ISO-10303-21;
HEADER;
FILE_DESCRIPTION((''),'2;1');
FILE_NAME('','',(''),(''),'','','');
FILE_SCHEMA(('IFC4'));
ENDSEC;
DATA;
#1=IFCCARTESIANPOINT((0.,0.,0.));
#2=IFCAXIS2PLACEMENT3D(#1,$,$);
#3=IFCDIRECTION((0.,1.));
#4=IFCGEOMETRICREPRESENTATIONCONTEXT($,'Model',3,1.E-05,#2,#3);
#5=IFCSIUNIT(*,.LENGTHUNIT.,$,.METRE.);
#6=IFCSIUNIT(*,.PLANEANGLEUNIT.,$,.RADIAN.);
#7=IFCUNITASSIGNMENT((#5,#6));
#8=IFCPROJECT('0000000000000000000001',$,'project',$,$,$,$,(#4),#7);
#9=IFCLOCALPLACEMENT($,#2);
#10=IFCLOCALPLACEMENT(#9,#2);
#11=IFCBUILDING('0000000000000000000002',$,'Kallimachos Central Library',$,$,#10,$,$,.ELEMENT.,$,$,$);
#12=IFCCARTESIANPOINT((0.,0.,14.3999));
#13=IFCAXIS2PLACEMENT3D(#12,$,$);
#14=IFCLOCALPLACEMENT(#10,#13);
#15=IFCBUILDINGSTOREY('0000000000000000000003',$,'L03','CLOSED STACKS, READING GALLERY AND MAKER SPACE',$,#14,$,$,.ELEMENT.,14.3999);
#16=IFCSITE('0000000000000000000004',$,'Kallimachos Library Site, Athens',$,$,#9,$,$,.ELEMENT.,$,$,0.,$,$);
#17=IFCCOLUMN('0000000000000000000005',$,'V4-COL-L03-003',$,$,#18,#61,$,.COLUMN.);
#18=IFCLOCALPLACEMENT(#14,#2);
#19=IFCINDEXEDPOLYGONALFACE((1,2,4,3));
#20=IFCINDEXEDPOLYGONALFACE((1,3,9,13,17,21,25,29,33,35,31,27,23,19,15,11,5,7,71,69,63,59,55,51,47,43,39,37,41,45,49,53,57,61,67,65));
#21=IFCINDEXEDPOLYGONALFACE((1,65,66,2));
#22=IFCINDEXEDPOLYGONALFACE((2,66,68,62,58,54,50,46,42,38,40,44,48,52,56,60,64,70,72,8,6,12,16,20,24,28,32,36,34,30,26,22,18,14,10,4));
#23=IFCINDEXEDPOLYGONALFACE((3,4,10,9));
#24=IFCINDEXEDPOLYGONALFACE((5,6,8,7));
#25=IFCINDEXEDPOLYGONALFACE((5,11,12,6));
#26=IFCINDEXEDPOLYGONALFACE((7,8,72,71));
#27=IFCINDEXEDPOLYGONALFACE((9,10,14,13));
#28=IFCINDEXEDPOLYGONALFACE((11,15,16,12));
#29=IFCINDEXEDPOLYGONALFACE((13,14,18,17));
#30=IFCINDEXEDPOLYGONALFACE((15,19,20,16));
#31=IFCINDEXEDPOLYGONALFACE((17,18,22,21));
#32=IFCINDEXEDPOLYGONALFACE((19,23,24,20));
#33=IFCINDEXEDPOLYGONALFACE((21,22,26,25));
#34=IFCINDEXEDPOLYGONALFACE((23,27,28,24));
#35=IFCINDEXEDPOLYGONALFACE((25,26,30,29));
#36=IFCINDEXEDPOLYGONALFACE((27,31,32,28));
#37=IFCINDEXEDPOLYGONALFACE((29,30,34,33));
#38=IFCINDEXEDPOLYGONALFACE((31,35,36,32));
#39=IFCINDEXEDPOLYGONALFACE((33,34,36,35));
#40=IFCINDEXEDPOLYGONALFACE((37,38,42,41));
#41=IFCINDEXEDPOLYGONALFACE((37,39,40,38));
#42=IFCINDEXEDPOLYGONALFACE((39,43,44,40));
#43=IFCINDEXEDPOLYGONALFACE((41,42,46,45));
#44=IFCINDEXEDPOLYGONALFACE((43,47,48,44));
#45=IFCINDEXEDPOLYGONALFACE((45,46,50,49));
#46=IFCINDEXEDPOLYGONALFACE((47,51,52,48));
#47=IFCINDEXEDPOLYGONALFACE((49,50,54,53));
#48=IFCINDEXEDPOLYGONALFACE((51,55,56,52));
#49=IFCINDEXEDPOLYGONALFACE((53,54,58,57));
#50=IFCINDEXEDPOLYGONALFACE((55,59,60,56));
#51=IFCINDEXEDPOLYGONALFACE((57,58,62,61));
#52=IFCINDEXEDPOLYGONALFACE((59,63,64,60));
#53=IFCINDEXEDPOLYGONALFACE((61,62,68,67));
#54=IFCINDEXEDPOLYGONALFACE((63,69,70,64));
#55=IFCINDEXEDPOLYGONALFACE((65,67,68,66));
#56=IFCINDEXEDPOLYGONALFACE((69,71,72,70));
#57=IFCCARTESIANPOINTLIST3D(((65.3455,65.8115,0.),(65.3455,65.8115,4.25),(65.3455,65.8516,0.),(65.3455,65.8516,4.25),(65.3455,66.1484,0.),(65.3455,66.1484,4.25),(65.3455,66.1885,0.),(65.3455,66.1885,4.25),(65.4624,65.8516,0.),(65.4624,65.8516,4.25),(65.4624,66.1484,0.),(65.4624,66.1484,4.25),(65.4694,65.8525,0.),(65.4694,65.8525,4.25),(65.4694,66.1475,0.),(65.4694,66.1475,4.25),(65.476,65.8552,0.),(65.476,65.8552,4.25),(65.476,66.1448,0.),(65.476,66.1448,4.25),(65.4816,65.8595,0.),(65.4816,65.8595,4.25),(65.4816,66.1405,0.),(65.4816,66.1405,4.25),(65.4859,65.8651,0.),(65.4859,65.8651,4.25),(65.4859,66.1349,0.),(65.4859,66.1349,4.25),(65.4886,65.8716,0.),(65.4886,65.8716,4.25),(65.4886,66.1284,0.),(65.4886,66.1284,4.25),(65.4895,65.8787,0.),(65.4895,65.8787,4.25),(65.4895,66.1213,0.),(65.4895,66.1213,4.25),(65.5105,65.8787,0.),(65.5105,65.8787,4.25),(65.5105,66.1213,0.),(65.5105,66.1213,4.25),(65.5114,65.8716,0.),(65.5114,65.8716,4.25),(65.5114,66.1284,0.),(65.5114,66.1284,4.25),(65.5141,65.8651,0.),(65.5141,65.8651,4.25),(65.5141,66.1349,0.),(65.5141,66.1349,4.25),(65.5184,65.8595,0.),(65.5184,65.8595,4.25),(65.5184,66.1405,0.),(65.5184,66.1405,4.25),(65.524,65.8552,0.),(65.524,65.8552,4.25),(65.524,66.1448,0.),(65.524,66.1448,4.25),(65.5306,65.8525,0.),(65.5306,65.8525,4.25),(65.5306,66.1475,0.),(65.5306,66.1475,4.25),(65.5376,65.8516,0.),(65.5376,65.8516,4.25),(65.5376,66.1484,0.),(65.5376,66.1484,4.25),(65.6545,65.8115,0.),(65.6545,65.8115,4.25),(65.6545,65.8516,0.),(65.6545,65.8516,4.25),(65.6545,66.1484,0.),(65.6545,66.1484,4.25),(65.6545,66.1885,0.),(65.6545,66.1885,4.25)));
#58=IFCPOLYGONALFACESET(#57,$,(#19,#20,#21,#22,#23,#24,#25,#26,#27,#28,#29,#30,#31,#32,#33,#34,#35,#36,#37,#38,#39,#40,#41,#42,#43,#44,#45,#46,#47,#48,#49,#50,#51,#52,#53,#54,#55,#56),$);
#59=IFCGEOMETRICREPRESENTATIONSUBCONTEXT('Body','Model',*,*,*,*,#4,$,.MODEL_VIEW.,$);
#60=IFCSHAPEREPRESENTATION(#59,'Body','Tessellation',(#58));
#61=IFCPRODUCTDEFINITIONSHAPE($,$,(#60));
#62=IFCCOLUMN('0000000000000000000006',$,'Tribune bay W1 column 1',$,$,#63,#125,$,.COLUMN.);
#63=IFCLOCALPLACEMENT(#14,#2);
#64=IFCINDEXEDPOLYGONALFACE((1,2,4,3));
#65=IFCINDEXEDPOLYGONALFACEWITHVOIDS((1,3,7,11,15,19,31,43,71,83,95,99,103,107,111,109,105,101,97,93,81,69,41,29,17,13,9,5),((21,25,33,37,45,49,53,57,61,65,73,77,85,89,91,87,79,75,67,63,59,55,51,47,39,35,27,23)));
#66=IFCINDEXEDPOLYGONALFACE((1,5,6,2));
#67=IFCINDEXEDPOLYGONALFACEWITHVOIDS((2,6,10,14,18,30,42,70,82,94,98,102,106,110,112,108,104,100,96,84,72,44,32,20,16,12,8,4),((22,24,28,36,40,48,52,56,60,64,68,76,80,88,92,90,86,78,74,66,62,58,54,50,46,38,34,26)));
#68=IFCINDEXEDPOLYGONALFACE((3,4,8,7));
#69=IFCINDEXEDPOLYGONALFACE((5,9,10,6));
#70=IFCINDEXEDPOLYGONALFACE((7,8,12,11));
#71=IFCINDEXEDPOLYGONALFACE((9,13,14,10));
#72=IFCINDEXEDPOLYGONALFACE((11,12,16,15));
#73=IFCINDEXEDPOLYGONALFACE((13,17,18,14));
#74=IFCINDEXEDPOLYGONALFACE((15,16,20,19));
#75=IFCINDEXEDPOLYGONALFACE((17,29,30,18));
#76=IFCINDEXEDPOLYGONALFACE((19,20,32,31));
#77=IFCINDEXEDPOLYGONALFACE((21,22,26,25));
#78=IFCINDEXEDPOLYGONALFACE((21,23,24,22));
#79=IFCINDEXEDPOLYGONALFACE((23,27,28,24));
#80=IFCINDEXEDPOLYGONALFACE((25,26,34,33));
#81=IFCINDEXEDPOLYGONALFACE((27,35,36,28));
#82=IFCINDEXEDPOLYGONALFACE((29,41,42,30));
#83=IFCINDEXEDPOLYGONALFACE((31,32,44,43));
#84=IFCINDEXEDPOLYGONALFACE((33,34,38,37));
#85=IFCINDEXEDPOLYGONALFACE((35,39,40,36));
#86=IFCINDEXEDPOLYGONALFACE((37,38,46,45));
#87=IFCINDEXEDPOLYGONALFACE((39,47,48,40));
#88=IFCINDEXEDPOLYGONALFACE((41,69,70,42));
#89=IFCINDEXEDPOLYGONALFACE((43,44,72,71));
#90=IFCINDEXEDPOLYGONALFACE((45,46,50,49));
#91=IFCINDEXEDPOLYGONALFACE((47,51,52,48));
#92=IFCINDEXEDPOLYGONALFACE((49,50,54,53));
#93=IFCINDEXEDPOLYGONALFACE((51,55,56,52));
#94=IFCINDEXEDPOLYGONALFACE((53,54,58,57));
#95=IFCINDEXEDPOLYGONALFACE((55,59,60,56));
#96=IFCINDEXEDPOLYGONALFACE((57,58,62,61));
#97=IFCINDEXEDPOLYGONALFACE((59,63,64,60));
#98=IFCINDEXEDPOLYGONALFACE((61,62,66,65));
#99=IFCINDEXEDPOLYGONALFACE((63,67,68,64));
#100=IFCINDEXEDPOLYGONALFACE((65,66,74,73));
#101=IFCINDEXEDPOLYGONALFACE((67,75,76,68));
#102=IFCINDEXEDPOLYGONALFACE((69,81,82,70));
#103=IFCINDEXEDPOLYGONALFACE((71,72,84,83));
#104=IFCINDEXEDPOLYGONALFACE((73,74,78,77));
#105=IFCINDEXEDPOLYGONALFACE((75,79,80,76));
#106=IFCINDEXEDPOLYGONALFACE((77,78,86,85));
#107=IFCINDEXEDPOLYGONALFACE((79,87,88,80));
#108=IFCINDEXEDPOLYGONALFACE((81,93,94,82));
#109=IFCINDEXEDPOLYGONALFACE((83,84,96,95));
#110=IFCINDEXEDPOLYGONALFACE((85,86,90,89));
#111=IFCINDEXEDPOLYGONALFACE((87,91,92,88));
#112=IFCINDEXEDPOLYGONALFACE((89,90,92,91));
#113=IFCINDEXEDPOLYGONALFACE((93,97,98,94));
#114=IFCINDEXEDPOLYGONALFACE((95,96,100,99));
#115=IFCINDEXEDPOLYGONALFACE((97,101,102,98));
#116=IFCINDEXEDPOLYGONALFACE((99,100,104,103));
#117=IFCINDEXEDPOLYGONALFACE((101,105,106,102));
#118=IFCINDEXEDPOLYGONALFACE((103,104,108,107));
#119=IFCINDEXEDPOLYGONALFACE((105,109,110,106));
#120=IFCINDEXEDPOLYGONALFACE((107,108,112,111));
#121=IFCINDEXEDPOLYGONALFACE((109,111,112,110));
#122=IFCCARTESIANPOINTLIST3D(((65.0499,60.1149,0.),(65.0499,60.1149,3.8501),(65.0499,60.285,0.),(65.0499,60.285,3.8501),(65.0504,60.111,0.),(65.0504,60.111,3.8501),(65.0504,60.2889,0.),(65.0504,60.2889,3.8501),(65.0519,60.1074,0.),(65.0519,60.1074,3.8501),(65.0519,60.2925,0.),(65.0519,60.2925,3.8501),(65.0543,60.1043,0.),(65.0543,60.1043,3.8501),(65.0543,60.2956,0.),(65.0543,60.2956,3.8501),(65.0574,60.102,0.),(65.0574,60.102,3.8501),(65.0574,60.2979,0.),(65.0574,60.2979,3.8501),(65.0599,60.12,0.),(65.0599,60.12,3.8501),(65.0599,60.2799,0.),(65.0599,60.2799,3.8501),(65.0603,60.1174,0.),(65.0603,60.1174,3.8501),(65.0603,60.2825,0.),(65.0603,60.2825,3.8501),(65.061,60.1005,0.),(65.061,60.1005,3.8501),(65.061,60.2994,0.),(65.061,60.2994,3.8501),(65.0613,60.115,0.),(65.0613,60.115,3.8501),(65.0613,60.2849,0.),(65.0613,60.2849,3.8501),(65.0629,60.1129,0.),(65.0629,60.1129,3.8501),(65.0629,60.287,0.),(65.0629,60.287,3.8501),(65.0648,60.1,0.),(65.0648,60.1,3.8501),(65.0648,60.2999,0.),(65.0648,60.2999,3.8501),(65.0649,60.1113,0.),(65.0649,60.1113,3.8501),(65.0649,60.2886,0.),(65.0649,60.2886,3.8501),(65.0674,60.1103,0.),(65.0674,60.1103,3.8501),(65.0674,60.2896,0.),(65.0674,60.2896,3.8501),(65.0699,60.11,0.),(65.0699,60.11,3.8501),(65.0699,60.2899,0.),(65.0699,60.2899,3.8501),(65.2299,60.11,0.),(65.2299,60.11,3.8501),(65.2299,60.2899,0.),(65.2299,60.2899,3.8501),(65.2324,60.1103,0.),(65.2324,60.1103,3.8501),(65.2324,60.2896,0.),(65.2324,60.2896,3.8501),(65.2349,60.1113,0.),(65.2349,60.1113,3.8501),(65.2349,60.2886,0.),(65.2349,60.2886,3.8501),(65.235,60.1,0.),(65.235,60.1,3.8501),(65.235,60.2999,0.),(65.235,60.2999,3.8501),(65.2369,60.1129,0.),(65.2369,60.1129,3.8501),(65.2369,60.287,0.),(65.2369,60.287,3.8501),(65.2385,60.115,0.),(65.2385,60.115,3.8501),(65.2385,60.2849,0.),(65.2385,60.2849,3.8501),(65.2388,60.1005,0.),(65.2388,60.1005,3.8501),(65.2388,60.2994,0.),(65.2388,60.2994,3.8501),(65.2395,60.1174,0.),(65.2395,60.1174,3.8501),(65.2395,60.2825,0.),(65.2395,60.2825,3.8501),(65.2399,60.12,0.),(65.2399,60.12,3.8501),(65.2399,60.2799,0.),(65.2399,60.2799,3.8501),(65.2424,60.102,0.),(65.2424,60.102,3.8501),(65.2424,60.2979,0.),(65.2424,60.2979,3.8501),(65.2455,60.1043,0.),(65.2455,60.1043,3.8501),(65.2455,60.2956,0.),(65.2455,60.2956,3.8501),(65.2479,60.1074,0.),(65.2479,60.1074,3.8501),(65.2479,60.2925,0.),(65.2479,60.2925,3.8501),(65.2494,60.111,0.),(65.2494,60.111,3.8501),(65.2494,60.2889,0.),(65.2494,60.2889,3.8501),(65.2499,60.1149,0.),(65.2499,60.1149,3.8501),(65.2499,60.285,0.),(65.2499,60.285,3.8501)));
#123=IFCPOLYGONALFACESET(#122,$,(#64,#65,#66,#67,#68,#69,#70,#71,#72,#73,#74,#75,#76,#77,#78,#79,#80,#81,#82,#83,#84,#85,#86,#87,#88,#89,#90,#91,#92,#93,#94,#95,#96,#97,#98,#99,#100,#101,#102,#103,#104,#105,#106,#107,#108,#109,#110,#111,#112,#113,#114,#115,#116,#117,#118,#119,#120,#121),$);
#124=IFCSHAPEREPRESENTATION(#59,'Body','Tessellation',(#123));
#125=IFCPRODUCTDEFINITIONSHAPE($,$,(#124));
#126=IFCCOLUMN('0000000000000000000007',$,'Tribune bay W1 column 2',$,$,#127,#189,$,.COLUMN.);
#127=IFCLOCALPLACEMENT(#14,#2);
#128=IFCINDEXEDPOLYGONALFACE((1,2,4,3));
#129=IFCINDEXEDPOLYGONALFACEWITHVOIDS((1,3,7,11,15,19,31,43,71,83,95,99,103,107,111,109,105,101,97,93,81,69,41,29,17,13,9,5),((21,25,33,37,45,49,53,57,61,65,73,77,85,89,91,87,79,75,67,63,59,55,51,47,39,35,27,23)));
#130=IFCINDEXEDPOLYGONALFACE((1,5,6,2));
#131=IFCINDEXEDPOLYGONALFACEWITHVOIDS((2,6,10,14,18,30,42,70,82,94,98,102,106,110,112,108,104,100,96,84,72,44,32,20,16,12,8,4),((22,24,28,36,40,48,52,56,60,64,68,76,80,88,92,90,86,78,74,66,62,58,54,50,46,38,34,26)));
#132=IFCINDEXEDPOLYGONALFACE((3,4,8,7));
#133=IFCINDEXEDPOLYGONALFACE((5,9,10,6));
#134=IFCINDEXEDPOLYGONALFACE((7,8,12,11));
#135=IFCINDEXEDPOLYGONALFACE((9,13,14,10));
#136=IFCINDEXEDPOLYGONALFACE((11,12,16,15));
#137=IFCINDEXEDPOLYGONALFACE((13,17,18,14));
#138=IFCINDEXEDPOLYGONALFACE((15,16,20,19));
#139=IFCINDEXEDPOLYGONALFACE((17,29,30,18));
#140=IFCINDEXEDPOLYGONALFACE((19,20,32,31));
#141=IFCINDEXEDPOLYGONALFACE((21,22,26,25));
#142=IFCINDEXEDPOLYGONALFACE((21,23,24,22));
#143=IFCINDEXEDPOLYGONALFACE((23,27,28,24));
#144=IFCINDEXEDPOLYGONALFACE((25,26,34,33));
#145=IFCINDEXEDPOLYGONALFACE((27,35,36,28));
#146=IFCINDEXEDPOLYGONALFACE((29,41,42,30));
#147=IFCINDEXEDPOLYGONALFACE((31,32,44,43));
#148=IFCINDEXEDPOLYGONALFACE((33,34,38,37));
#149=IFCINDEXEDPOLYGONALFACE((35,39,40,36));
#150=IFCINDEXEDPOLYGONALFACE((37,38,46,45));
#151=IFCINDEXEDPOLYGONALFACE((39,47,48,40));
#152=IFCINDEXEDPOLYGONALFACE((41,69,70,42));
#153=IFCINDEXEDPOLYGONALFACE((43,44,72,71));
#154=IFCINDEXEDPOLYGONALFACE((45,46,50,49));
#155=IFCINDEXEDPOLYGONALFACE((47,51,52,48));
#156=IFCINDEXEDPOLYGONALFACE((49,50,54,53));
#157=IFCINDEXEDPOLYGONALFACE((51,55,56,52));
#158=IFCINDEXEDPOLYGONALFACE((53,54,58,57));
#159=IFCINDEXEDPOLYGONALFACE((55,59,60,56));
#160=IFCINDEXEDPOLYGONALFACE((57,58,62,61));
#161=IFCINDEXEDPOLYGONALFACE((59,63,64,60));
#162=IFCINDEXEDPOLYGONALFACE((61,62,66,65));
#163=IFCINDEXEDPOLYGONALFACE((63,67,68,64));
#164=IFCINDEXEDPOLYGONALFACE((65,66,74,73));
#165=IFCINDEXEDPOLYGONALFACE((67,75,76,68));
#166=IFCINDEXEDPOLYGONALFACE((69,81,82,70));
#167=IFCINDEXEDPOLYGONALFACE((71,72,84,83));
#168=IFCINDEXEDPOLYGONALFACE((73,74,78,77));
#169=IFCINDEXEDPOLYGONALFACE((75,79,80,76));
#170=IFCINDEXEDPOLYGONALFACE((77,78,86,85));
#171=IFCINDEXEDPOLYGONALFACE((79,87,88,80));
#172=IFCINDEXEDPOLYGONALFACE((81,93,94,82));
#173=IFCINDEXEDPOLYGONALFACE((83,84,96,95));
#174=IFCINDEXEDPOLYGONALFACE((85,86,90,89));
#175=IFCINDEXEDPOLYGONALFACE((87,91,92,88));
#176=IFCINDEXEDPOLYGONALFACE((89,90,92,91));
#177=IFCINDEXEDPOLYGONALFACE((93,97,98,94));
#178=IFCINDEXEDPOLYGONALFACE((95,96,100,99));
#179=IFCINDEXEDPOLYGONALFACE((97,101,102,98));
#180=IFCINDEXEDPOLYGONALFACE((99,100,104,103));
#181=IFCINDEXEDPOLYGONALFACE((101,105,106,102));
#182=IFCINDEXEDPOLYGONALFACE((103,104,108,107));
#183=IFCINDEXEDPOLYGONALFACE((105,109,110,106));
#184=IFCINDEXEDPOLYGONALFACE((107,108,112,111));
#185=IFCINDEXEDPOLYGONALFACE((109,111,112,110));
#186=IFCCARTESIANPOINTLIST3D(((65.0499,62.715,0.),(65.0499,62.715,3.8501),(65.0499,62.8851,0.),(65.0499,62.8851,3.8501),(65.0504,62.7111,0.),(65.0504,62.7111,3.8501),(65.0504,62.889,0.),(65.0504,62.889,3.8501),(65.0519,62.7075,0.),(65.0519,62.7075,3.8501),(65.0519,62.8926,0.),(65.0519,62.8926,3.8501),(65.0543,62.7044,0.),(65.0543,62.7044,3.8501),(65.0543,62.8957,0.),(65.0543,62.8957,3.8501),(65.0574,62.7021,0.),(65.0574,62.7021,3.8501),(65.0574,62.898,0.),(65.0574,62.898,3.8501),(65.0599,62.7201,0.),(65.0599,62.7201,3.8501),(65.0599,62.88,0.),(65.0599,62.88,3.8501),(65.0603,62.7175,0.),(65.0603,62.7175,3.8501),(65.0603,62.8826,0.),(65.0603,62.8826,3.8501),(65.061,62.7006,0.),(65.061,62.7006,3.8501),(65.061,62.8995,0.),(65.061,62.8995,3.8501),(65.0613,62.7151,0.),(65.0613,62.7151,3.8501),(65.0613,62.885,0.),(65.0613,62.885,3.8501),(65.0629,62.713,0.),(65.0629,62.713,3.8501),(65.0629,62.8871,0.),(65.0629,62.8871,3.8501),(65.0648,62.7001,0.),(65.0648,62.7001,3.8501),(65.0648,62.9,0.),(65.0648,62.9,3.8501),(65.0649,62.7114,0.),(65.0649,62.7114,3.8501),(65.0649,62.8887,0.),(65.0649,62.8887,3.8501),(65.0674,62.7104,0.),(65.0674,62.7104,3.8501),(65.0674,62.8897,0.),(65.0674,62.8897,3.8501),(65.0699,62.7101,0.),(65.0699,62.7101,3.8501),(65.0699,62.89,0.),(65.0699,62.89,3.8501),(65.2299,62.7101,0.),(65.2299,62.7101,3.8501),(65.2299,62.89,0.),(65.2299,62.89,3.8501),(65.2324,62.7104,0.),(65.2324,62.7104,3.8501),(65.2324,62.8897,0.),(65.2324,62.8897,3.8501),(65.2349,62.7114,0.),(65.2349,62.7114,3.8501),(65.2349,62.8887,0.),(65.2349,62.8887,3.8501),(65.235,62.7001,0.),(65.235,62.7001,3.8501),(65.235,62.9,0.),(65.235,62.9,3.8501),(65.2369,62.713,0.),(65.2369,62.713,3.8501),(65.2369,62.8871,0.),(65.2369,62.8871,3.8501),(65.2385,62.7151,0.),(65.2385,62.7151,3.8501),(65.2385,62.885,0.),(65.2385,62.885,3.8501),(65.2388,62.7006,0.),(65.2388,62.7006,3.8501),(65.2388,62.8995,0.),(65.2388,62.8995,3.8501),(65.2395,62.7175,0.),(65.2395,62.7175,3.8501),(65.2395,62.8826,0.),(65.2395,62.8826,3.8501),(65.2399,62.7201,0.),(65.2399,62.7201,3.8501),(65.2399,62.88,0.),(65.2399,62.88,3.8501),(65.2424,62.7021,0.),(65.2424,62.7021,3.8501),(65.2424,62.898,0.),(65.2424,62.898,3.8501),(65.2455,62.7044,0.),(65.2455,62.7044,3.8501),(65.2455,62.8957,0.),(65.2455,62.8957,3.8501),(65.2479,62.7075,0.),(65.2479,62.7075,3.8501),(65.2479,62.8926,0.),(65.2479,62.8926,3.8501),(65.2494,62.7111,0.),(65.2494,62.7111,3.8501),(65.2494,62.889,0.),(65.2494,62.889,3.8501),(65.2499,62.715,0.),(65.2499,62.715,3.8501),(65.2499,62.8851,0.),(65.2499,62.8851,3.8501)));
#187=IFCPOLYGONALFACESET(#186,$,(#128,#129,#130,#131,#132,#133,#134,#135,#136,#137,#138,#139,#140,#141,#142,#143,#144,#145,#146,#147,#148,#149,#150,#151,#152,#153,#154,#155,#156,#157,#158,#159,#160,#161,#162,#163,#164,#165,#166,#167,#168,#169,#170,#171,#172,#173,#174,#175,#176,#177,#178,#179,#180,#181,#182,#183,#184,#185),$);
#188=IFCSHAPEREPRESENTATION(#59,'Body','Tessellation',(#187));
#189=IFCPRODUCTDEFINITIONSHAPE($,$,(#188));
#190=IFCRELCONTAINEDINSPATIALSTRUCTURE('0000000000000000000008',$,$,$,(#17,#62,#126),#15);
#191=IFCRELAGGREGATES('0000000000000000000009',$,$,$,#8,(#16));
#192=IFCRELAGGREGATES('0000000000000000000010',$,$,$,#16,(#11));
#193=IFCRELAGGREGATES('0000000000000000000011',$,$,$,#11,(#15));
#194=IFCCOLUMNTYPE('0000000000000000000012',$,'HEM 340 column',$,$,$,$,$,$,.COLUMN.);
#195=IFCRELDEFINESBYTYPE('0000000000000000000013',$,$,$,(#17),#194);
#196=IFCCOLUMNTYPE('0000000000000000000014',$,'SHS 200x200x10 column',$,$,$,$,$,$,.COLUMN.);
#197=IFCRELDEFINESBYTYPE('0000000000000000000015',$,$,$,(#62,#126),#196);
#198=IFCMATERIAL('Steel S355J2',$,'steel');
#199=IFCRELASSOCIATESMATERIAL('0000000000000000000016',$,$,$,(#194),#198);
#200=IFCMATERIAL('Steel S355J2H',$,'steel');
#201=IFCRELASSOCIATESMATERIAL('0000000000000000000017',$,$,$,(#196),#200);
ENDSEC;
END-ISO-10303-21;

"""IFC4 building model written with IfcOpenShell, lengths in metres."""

from ifc_helpers import new_model, si_unit, direction, frame, origin, origin_2d, place, context, subcontext, project, spatial, hollow_rectangle, i_section, extrude, material, material_profile, profile_set, type_object, element, save


model = new_model("IFC4")

# Units and contexts
model_context = context("Model", 3, precision=1e-05, world=origin(), true_north=direction((0.0, 1.0)))
body_context = subcontext(model_context, "Body", "Model", "MODEL_VIEW")
ifc_project = project(units=[si_unit("LENGTHUNIT", "METRE"), si_unit("PLANEANGLEUNIT", "RADIAN")], contexts=[model_context])

# Site, building, storey
site_placement = place(None, origin())
site = spatial("IfcSite", under=ifc_project, at=site_placement, Name="Kallimachos Library Site, Athens", CompositionType="ELEMENT", RefElevation=0.0)
building_placement = place(site_placement, origin())
building = spatial("IfcBuilding", under=site, at=building_placement, Name="Kallimachos Central Library", CompositionType="ELEMENT")
storey_placement = place(building_placement, frame((0.0, 0.0, 14.3999)))
storey = spatial("IfcBuildingStorey", under=building, at=storey_placement, Name="L03", Description="CLOSED STACKS, READING GALLERY AND MAKER SPACE", CompositionType="ELEMENT", Elevation=14.3999)

# Columns
ifc_material_1 = material(Name="Steel S355J2", Category="steel")
ifc_material_profile_1 = material_profile(ifc_material_1, i_section(OverallWidth=0.3091, OverallDepth=0.377, WebThickness=0.021, FlangeThickness=0.04, FilletRadius=0.0271, at=origin_2d()), Name="HEM 340")
ifc_profile_set_1 = profile_set([ifc_material_profile_1], Name="Steel S355J2")
column_type_1 = type_object("IfcColumnType", Name="HEM 340 column", PredefinedType="COLUMN", material=ifc_profile_set_1)
column_placement = place(storey_placement, frame((65.5, 66.0, 0.0), z_axis=(0.0, 0.0, 1.0), x_axis=(1.0, 0.0, 0.0)))
element("IfcColumn", 1, at=column_placement, inside=storey, type_object=column_type_1, Name="V4-COL-L03-003", PredefinedType="COLUMN", context=body_context, shape_type="SweptSolid", body=[
    extrude(i_section(OverallWidth=0.3091, OverallDepth=0.377, WebThickness=0.021, FlangeThickness=0.04, FilletRadius=0.0271, at=origin_2d()), origin(), (0.0, 0.0, 1.0), 4.25),
])
ifc_material_2 = material(Name="Steel S355J2H", Category="steel")
ifc_material_profile_2 = material_profile(ifc_material_2, hollow_rectangle(XDim=0.2, YDim=0.2, WallThickness=0.01, InnerFilletRadius=0.01, OuterFilletRadius=0.0149, at=origin_2d()), Name="SHS 200x200x10")
ifc_profile_set_2 = profile_set([ifc_material_profile_2], Name="Steel S355J2H")
column_type_2 = type_object("IfcColumnType", Name="SHS 200x200x10 column", PredefinedType="COLUMN", material=ifc_profile_set_2)
for number, where, z_axis, x_axis, name in (
    (2, (65.1499, 60.2, 0.0), (0.0, 0.0, 1.0), (1.0, 0.0, 0.0), "Tribune bay W1 column 1"),
    (3, (65.1499, 62.8, 0.0), (0.0, 0.0, 1.0), (1.0, 0.0, 0.0), "Tribune bay W1 column 2"),
):
    element("IfcColumn", number, at=place(storey_placement, frame(where, z_axis=z_axis, x_axis=x_axis)), inside=storey, type_object=column_type_2, Name=name, PredefinedType="COLUMN", context=body_context, shape_type="SweptSolid", body=[
        extrude(hollow_rectangle(XDim=0.2, YDim=0.2, WallThickness=0.01, InnerFilletRadius=0.01, OuterFilletRadius=0.0149, at=origin_2d()), origin(), (0.0, 0.0, 1.0), 3.8501),
    ])

save(model, "model.ifc")
